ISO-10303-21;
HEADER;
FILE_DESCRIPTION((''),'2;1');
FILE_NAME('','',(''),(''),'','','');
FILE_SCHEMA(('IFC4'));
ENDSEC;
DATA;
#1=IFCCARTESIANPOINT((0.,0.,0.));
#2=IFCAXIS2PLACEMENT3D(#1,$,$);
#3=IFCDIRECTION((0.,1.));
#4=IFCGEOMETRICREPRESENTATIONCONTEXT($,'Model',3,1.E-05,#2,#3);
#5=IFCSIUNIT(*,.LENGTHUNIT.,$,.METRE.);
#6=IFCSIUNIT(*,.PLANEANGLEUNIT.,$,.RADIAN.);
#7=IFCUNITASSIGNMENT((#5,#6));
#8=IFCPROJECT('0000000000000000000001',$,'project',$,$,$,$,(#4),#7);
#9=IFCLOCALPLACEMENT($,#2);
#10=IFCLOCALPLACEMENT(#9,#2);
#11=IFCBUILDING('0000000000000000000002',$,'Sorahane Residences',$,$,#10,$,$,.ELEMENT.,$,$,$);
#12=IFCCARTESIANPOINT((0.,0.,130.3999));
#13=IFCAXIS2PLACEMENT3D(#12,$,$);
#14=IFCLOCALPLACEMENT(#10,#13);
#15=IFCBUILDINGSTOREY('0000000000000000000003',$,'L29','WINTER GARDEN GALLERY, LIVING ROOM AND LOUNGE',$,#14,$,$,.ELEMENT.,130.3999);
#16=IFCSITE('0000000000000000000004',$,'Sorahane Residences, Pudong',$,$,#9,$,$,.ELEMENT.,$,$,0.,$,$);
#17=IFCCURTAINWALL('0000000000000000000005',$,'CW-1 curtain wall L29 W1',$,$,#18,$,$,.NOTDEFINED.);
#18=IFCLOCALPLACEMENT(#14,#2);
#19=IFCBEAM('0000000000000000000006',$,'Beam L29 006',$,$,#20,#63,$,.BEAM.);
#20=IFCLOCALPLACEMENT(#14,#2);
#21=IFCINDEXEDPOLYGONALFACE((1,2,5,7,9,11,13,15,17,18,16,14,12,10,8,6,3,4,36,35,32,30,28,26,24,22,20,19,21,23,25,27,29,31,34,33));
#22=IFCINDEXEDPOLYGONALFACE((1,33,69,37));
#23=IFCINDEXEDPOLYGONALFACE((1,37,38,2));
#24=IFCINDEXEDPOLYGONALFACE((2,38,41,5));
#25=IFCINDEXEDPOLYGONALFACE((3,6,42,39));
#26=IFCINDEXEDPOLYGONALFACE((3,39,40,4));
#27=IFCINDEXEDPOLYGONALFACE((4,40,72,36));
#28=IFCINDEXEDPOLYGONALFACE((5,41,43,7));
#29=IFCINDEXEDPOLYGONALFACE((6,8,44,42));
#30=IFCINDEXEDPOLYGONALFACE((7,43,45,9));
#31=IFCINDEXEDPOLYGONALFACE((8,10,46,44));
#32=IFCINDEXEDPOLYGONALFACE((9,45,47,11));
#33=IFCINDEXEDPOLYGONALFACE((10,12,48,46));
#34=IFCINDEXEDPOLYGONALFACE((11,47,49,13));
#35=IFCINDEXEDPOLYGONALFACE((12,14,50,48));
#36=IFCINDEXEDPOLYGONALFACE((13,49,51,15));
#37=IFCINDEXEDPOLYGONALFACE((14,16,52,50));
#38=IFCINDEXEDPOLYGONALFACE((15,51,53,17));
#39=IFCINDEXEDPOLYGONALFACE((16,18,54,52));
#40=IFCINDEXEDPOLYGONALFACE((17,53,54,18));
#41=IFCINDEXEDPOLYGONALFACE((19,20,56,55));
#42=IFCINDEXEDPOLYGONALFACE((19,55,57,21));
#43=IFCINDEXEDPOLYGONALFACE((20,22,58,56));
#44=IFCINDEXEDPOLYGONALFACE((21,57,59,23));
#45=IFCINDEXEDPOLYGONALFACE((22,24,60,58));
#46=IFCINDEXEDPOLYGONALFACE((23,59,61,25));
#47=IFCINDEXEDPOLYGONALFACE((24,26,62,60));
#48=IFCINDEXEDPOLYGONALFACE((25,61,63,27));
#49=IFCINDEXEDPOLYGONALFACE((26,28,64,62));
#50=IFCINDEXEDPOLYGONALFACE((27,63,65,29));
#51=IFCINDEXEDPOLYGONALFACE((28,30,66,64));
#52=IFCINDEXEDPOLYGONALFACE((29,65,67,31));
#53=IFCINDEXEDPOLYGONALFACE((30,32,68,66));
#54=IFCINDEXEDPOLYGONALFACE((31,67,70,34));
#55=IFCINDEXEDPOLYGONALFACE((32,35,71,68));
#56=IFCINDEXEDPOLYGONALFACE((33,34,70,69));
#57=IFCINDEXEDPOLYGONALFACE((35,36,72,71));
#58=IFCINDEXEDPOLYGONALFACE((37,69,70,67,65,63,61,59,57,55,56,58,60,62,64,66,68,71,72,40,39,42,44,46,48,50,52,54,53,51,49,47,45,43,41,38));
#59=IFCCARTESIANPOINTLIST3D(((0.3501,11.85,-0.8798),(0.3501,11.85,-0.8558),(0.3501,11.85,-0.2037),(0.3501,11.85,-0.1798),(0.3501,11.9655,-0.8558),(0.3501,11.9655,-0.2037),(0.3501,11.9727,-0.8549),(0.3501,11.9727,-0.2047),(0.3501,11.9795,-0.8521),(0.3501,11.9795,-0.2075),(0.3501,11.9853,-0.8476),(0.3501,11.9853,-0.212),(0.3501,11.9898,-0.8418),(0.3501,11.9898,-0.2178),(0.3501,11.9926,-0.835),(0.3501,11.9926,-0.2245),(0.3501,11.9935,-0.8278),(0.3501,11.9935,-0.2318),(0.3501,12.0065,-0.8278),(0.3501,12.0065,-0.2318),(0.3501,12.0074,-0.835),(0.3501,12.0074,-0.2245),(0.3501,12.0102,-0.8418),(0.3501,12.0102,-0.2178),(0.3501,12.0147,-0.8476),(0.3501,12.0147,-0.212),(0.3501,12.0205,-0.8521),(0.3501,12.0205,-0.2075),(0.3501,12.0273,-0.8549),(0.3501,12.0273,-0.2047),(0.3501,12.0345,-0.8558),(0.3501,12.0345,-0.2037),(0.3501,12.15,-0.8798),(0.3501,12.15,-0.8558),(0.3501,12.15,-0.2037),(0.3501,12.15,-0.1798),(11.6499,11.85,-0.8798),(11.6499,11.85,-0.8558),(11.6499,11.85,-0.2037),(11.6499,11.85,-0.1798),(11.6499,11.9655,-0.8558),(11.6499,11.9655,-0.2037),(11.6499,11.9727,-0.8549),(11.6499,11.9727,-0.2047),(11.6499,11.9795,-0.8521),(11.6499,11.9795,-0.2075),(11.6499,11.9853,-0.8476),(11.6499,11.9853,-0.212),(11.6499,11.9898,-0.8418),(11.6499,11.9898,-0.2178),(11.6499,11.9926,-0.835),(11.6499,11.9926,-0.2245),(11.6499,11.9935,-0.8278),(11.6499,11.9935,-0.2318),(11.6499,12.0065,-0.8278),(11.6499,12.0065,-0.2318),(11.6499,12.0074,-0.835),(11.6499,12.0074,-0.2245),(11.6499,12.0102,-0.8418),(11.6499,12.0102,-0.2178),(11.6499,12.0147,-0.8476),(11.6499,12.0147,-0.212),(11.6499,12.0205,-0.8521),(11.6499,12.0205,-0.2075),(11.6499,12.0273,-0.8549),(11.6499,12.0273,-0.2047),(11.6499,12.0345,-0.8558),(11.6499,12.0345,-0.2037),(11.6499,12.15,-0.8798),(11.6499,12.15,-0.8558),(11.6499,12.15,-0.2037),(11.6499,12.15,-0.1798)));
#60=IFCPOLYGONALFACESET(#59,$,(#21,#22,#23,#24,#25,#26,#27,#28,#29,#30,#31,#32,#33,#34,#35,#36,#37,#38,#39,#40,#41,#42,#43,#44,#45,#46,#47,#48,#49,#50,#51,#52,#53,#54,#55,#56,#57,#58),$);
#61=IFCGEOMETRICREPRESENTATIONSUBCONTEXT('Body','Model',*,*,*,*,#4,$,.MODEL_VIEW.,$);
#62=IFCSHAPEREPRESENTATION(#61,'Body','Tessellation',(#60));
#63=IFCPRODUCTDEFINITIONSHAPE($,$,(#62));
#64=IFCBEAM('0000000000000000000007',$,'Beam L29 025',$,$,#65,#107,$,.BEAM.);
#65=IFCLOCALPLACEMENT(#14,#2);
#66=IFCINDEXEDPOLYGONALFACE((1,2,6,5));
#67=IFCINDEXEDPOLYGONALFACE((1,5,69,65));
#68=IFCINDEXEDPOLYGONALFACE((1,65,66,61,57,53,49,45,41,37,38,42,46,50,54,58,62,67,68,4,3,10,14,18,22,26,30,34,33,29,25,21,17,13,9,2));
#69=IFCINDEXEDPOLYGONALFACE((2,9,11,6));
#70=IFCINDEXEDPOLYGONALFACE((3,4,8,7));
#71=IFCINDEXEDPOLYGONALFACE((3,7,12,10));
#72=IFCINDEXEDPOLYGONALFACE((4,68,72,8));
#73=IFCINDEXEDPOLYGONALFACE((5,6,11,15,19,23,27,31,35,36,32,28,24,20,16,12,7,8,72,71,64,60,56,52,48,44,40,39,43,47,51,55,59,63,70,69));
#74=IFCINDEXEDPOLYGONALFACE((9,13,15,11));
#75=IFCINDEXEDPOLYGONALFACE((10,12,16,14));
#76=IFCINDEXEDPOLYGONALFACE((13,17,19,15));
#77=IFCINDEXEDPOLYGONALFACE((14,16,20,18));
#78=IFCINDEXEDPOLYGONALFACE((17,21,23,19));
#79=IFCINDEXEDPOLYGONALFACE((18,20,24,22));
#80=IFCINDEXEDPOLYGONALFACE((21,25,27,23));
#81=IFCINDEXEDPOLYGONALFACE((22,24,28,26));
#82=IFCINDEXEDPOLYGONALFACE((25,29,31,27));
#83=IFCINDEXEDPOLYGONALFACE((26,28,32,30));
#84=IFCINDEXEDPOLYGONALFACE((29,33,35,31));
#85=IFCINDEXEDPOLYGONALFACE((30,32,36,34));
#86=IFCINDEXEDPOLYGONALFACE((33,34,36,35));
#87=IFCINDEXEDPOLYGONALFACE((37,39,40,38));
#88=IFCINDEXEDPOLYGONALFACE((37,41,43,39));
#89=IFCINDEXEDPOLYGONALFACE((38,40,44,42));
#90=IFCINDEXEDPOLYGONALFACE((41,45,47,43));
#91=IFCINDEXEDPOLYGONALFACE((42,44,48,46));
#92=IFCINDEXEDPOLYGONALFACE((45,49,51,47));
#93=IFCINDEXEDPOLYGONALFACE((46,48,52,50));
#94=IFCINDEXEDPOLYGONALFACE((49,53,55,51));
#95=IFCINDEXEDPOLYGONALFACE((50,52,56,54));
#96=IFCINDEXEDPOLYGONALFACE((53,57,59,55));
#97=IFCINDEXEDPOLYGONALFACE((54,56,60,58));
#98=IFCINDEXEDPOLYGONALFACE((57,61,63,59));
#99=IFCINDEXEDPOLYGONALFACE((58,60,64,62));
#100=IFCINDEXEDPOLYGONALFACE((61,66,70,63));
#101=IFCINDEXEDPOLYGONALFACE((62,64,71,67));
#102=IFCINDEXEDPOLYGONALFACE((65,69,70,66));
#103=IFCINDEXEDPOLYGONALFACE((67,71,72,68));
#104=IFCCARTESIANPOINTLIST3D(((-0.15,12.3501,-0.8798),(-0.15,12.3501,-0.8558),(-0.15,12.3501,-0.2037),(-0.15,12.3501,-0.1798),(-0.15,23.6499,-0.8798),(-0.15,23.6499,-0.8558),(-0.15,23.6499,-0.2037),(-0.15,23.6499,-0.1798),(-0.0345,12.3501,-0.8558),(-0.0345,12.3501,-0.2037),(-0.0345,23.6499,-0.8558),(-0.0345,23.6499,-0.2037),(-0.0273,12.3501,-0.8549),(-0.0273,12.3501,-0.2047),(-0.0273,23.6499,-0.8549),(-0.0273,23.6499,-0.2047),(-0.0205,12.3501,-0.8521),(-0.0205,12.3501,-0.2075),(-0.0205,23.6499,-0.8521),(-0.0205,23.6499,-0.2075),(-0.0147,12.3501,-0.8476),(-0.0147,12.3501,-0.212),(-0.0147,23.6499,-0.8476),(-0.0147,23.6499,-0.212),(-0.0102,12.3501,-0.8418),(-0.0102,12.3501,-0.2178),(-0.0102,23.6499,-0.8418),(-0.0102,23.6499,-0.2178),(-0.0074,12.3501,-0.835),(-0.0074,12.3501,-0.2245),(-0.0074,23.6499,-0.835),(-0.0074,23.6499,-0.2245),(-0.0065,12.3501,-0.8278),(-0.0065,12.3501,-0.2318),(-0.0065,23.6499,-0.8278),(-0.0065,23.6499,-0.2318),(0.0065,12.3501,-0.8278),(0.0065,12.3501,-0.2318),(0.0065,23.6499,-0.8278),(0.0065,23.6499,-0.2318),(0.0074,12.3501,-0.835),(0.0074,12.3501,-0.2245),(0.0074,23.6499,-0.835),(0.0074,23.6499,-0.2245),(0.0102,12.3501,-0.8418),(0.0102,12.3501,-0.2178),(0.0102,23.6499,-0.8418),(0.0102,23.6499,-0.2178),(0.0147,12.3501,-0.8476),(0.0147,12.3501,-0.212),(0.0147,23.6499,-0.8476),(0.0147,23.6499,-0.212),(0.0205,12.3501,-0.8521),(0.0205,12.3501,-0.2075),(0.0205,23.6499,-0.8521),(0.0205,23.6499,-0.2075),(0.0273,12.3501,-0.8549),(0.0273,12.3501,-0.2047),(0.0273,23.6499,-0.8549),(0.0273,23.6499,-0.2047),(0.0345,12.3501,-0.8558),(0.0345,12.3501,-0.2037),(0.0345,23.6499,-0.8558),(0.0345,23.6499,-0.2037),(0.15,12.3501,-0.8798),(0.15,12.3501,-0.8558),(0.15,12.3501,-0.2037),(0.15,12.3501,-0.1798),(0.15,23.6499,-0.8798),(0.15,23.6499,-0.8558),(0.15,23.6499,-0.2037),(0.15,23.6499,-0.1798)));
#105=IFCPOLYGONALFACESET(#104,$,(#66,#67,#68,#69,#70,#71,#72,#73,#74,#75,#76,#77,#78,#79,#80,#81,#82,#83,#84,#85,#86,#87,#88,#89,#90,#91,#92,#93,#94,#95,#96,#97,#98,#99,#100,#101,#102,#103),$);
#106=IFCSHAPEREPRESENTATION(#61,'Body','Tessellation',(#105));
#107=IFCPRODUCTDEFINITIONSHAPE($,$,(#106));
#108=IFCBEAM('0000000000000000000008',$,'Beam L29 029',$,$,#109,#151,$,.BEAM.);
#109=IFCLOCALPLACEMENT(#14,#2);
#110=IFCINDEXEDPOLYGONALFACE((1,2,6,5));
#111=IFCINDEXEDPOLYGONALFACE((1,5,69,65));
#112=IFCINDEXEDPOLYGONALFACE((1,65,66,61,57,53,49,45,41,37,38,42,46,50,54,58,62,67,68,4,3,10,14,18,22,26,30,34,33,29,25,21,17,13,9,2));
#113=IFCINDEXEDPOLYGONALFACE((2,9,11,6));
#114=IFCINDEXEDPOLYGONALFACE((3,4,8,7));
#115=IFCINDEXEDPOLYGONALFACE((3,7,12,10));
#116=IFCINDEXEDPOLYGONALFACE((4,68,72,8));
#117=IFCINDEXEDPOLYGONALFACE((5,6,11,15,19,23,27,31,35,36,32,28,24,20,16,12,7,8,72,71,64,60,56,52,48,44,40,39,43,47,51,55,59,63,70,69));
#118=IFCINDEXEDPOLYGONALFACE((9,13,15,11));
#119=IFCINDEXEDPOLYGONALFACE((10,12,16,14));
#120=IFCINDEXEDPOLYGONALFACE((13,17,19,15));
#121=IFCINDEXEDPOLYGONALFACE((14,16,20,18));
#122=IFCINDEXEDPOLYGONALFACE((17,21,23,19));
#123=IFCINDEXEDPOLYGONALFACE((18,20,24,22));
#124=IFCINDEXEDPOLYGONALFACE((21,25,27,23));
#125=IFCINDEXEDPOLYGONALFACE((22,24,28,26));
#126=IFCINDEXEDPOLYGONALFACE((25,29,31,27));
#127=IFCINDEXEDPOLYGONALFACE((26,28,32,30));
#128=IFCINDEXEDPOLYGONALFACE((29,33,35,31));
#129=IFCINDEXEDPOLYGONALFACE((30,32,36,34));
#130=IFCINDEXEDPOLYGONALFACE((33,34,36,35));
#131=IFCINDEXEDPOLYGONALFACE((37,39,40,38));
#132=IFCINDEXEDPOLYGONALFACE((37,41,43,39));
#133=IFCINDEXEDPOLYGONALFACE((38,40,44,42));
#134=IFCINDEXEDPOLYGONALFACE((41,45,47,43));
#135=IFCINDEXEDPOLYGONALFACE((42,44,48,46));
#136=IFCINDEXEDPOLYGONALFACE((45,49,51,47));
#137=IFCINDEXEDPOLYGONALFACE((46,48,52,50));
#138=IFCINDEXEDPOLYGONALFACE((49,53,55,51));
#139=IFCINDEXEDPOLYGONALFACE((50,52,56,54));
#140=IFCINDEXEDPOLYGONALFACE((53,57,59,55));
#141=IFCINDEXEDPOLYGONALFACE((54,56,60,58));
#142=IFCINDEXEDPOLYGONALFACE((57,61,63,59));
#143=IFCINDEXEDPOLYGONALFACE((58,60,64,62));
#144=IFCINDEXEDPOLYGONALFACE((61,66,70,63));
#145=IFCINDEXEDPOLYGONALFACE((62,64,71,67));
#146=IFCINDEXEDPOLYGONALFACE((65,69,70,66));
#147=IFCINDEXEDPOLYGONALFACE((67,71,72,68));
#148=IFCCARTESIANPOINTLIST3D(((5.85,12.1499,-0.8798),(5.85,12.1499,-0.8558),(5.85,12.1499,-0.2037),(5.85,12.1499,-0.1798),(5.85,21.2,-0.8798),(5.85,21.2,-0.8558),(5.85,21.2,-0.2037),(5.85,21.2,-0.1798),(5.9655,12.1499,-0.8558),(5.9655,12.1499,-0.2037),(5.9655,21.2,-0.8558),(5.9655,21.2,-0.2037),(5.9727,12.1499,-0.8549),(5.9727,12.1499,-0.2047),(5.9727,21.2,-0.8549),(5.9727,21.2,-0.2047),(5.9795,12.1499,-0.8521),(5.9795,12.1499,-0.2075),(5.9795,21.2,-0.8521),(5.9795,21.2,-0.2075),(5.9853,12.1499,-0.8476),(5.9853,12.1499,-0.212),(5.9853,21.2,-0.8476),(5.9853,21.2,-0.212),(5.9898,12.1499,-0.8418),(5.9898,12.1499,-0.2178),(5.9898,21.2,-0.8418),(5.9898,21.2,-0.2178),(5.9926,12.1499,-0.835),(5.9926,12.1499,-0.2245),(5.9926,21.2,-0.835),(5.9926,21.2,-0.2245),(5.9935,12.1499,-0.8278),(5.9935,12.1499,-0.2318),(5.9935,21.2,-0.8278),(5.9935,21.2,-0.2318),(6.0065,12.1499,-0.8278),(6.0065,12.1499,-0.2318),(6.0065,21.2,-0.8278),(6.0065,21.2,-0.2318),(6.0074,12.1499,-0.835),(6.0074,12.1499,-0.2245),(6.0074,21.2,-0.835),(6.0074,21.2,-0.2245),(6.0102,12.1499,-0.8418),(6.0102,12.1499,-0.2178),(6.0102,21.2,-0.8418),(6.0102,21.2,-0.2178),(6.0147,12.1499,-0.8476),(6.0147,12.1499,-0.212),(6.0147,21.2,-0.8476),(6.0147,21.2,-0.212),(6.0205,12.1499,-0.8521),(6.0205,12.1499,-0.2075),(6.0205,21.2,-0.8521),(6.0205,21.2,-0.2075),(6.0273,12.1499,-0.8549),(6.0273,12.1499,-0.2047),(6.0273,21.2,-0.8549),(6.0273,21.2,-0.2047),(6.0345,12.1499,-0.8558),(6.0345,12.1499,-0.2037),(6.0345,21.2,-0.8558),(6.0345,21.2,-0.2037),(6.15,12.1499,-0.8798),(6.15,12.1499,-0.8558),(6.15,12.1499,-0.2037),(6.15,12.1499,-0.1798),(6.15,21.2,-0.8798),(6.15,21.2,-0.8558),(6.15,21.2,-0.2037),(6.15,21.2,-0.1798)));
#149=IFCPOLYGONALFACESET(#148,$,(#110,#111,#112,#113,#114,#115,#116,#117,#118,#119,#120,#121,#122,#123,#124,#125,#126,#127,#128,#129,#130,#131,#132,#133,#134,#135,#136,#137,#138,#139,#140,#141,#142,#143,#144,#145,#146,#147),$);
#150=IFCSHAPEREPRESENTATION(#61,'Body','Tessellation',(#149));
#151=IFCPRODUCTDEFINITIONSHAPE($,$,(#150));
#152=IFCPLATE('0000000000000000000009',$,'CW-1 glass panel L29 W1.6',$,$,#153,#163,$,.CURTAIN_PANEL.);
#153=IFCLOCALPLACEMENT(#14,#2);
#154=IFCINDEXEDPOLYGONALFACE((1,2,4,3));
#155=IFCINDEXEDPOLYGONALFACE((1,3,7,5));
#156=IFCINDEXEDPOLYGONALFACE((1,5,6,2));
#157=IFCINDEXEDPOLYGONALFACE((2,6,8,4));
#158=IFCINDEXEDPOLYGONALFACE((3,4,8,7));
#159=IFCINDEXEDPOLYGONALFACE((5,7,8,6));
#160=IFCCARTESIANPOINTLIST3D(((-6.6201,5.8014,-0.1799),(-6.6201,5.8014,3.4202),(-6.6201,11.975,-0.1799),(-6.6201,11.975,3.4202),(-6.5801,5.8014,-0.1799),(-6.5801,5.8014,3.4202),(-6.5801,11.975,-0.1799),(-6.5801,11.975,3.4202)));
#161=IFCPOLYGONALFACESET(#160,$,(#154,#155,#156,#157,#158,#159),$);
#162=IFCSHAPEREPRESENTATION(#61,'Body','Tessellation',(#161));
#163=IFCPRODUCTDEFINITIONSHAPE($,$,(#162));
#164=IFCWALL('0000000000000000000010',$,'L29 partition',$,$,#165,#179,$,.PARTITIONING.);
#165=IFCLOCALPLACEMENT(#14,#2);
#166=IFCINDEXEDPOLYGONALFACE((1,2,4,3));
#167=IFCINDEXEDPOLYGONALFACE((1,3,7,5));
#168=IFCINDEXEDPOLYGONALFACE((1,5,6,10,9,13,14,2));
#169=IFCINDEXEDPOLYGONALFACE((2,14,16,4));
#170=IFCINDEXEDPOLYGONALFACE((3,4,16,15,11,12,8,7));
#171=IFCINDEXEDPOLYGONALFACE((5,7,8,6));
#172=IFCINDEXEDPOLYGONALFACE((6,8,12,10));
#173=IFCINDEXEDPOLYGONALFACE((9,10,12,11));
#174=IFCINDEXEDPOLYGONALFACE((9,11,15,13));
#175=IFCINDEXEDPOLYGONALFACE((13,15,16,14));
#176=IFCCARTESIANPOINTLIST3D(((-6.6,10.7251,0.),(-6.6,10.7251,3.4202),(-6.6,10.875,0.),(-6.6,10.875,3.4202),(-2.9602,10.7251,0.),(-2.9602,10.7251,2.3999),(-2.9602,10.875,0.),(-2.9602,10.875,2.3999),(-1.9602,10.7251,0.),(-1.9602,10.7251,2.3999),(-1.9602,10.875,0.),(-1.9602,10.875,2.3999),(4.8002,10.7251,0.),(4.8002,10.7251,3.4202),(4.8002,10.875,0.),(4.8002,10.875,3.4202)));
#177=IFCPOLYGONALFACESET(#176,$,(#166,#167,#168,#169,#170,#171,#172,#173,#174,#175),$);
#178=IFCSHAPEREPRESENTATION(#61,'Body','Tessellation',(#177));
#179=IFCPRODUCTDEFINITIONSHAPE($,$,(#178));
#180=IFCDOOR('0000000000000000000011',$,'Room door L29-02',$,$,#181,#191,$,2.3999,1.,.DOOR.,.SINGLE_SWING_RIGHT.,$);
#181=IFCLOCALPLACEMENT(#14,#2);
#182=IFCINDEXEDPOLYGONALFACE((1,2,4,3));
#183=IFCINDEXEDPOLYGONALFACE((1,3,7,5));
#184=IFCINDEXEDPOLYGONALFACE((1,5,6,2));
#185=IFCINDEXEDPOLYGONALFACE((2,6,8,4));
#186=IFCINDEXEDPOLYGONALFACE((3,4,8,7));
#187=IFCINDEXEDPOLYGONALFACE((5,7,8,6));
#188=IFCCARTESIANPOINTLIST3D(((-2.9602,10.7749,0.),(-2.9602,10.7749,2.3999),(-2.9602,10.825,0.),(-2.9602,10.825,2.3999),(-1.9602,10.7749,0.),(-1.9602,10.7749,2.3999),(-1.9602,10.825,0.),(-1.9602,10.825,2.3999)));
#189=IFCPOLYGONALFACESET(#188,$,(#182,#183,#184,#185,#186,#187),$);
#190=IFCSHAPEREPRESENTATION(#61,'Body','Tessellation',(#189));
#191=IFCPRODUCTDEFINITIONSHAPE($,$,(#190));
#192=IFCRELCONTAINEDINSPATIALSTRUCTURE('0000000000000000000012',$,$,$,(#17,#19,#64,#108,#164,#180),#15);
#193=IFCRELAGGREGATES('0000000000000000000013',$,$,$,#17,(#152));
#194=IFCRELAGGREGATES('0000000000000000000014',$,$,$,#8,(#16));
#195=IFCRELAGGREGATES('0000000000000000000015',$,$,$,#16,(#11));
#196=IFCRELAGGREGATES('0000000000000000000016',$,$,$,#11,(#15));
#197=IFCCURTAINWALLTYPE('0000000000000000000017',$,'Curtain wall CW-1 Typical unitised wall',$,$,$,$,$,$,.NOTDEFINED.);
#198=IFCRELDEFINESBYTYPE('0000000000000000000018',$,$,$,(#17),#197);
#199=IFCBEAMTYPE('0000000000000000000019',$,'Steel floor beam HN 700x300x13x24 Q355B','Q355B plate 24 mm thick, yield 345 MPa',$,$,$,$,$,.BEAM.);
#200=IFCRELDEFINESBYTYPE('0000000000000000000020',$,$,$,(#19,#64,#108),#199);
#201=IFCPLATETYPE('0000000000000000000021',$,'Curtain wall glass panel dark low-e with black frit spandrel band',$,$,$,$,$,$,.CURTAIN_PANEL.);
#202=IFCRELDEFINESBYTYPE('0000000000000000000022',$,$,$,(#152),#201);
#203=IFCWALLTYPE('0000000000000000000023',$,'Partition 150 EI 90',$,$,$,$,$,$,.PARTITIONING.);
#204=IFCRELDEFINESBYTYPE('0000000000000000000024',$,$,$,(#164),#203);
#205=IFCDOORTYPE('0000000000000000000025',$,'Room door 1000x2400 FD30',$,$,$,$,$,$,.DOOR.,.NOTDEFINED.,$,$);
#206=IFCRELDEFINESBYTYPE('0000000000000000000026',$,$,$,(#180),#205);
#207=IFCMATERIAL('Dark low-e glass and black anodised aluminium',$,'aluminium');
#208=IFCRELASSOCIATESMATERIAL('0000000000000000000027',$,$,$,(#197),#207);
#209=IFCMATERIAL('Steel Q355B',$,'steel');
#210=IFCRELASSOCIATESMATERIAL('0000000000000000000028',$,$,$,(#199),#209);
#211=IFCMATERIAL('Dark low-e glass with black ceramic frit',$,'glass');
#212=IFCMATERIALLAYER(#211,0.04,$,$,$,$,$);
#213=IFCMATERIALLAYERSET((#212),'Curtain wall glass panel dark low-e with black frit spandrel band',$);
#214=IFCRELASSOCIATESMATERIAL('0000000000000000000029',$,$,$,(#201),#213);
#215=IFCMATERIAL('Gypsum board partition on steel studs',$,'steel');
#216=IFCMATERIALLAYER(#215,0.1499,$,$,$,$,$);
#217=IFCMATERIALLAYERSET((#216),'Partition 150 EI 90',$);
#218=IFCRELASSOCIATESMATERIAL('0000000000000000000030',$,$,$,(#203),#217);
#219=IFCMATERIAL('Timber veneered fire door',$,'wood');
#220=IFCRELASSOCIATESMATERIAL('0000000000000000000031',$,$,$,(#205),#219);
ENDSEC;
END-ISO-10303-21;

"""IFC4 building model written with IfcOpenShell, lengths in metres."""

from ifc_helpers import new_model, si_unit, direction, frame, frame_2d, origin, origin_2d, place, context, subcontext, project, spatial, rectangle, i_section, extrude, material, layer, layer_set, material_profile, profile_set, type_object, element, fill, aggregate, save


model = new_model("IFC4")

# Units and contexts
model_context = context("Model", 3, precision=1e-05, world=origin(), true_north=direction((0.0, 1.0)))
body_context = subcontext(model_context, "Body", "Model", "MODEL_VIEW")
ifc_project = project(units=[si_unit("LENGTHUNIT", "METRE"), si_unit("PLANEANGLEUNIT", "RADIAN")], contexts=[model_context])

# Site, building, storey
site_placement = place(None, origin())
site = spatial("IfcSite", under=ifc_project, at=site_placement, Name="Sorahane Residences, Pudong", CompositionType="ELEMENT", RefElevation=0.0)
building_placement = place(site_placement, origin())
building = spatial("IfcBuilding", under=site, at=building_placement, Name="Sorahane Residences", CompositionType="ELEMENT")
storey_placement = place(building_placement, frame((0.0, 0.0, 130.3999)))
storey = spatial("IfcBuildingStorey", under=building, at=storey_placement, Name="L29", Description="WINTER GARDEN GALLERY, LIVING ROOM AND LOUNGE", CompositionType="ELEMENT", Elevation=130.3999)

# Curtain wall
ifc_material_1 = material(Name="Dark low-e glass and black anodised aluminium", Category="aluminium")
curtain_wall_type = type_object("IfcCurtainWallType", Name="Curtain wall CW-1 Typical unitised wall", PredefinedType="NOTDEFINED", material=ifc_material_1)
curtain_wall_placement = place(storey_placement, origin())
curtain_wall = element("IfcCurtainWall", 1, at=curtain_wall_placement, inside=storey, type_object=curtain_wall_type, Name="CW-1 curtain wall L29 W1", PredefinedType="NOTDEFINED")

# Beams
ifc_material_2 = material(Name="Steel Q355B", Category="steel")
ifc_material_profile_1 = material_profile(ifc_material_2, i_section(OverallWidth=0.3, OverallDepth=0.7, WebThickness=0.0129, FlangeThickness=0.0239, FilletRadius=0.0281, at=origin_2d()), Name="HN 700x300x13x24")
ifc_profile_set_1 = profile_set([ifc_material_profile_1], Name="Steel Q355B")
beam_type_1 = type_object("IfcBeamType", Name="Steel floor beam HN 700x300x13x24 Q355B", Description="Q355B plate 24 mm thick, yield 345 MPa", PredefinedType="BEAM", material=ifc_profile_set_1)
for number, where, z_axis, x_axis, name in (
    (2, (0.3501, 12.0, -0.5298), (1.0, 0.0, 0.0), (0.0, 1.0, 0.0), "Beam L29 006"),
    (3, (0.0, 12.3501, -0.5298), (0.0, 1.0, 0.0), (-1.0, 0.0, 0.0), "Beam L29 025"),
):
    element("IfcBeam", number, at=place(storey_placement, frame(where, z_axis=z_axis, x_axis=x_axis)), inside=storey, type_object=beam_type_1, Name=name, PredefinedType="BEAM", context=body_context, shape_type="SweptSolid", body=[
        extrude(i_section(OverallWidth=0.3, OverallDepth=0.7, WebThickness=0.0129, FlangeThickness=0.0239, FilletRadius=0.0281, at=origin_2d()), origin(), (0.0, 0.0, 1.0), 11.2998),
    ])
beam_1_placement = place(storey_placement, frame((6.0, 12.1499, -0.5298), z_axis=(0.0, 1.0, 0.0), x_axis=(-1.0, 0.0, 0.0)))
element("IfcBeam", 4, at=beam_1_placement, inside=storey, type_object=beam_type_1, Name="Beam L29 029", PredefinedType="BEAM", context=body_context, shape_type="SweptSolid", body=[
    extrude(i_section(OverallWidth=0.3, OverallDepth=0.7, WebThickness=0.0129, FlangeThickness=0.0239, FilletRadius=0.0281, at=origin_2d()), origin(), (0.0, 0.0, 1.0), 9.05),
])

# Plate
ifc_material_3 = material(Name="Dark low-e glass with black ceramic frit", Category="glass")
ifc_layer_1 = layer(ifc_material_3, 0.04)
ifc_layer_set_1 = layer_set([ifc_layer_1], Name="Curtain wall glass panel dark low-e with black frit spandrel band")
plate_type = type_object("IfcPlateType", Name="Curtain wall glass panel dark low-e with black frit spandrel band", PredefinedType="CURTAIN_PANEL", material=ifc_layer_set_1)
plate_placement = place(storey_placement, frame((-6.6001, 8.8882, -0.1799), z_axis=(0.0, 0.0, 1.0), x_axis=(0.0, -1.0, 0.0)))
plate = element("IfcPlate", 5, at=plate_placement, type_object=plate_type, Name="CW-1 glass panel L29 W1.6", PredefinedType="CURTAIN_PANEL", context=body_context, shape_type="SweptSolid", body=[
    extrude(rectangle(XDim=6.1736, YDim=0.04, at=origin_2d()), origin(), (0.0, 0.0, 1.0), 3.6001),
])
aggregate(curtain_wall, [plate])

# Wall, opening, door
ifc_material_4 = material(Name="Gypsum board partition on steel studs", Category="steel")
ifc_layer_2 = layer(ifc_material_4, 0.1499)
ifc_layer_set_2 = layer_set([ifc_layer_2], Name="Partition 150 EI 90")
wall_type_1 = type_object("IfcWallType", Name="Partition 150 EI 90", PredefinedType="PARTITIONING", material=ifc_layer_set_2)
wall_1_placement = place(storey_placement, frame((-6.6001, 10.8, 0.0), z_axis=(0.0, 0.0, 1.0), x_axis=(1.0, 0.0, 0.0)))
wall_1 = element("IfcWall", 6, at=wall_1_placement, inside=storey, type_object=wall_type_1, Name="L29 partition", PredefinedType="PARTITIONING", context=body_context, shape_type="SweptSolid", body=[
    extrude(rectangle(XDim=11.4001, YDim=0.1499, at=frame_2d((5.7002, 0.0))), origin(), (0.0, 0.0, 1.0), 3.4202),
])
opening_1_placement = place(wall_1_placement, frame((3.6399, 0.0, 0.0)))
opening_1 = element("IfcOpeningElement", 7, at=opening_1_placement, cuts=wall_1, PredefinedType="OPENING", context=body_context, shape_type="SweptSolid", body=[
    extrude(rectangle(XDim=1.0, YDim=2.3999, at=frame_2d((0.5, 1.2))), frame((0.0, 0.085, 0.0), z_axis=(0.0, -1.0, 0.0), x_axis=(1.0, 0.0, 0.0)), (0.0, 0.0, 1.0), 0.1699),
])
ifc_material_5 = material(Name="Timber veneered fire door", Category="wood")
door_type_1 = type_object("IfcDoorType", Name="Room door 1000x2400 FD30", OperationType="NOTDEFINED", PredefinedType="DOOR", material=ifc_material_5)
door_1_placement = place(opening_1_placement, origin())
door_1 = element("IfcDoor", 8, at=door_1_placement, inside=storey, type_object=door_type_1, Name="Room door L29-02", OperationType="SINGLE_SWING_RIGHT", OverallHeight=2.3999, OverallWidth=1.0, PredefinedType="DOOR", context=body_context, shape_type="SweptSolid", body=[
    extrude(rectangle(XDim=1.0, YDim=2.3999, at=frame_2d((0.5, 1.2))), frame((0.0, 0.0249, 0.0), z_axis=(0.0, -1.0, 0.0), x_axis=(1.0, 0.0, 0.0)), (0.0, 0.0, 1.0), 0.05),
])
fill(opening_1, door_1)

save(model, "model.ifc")
